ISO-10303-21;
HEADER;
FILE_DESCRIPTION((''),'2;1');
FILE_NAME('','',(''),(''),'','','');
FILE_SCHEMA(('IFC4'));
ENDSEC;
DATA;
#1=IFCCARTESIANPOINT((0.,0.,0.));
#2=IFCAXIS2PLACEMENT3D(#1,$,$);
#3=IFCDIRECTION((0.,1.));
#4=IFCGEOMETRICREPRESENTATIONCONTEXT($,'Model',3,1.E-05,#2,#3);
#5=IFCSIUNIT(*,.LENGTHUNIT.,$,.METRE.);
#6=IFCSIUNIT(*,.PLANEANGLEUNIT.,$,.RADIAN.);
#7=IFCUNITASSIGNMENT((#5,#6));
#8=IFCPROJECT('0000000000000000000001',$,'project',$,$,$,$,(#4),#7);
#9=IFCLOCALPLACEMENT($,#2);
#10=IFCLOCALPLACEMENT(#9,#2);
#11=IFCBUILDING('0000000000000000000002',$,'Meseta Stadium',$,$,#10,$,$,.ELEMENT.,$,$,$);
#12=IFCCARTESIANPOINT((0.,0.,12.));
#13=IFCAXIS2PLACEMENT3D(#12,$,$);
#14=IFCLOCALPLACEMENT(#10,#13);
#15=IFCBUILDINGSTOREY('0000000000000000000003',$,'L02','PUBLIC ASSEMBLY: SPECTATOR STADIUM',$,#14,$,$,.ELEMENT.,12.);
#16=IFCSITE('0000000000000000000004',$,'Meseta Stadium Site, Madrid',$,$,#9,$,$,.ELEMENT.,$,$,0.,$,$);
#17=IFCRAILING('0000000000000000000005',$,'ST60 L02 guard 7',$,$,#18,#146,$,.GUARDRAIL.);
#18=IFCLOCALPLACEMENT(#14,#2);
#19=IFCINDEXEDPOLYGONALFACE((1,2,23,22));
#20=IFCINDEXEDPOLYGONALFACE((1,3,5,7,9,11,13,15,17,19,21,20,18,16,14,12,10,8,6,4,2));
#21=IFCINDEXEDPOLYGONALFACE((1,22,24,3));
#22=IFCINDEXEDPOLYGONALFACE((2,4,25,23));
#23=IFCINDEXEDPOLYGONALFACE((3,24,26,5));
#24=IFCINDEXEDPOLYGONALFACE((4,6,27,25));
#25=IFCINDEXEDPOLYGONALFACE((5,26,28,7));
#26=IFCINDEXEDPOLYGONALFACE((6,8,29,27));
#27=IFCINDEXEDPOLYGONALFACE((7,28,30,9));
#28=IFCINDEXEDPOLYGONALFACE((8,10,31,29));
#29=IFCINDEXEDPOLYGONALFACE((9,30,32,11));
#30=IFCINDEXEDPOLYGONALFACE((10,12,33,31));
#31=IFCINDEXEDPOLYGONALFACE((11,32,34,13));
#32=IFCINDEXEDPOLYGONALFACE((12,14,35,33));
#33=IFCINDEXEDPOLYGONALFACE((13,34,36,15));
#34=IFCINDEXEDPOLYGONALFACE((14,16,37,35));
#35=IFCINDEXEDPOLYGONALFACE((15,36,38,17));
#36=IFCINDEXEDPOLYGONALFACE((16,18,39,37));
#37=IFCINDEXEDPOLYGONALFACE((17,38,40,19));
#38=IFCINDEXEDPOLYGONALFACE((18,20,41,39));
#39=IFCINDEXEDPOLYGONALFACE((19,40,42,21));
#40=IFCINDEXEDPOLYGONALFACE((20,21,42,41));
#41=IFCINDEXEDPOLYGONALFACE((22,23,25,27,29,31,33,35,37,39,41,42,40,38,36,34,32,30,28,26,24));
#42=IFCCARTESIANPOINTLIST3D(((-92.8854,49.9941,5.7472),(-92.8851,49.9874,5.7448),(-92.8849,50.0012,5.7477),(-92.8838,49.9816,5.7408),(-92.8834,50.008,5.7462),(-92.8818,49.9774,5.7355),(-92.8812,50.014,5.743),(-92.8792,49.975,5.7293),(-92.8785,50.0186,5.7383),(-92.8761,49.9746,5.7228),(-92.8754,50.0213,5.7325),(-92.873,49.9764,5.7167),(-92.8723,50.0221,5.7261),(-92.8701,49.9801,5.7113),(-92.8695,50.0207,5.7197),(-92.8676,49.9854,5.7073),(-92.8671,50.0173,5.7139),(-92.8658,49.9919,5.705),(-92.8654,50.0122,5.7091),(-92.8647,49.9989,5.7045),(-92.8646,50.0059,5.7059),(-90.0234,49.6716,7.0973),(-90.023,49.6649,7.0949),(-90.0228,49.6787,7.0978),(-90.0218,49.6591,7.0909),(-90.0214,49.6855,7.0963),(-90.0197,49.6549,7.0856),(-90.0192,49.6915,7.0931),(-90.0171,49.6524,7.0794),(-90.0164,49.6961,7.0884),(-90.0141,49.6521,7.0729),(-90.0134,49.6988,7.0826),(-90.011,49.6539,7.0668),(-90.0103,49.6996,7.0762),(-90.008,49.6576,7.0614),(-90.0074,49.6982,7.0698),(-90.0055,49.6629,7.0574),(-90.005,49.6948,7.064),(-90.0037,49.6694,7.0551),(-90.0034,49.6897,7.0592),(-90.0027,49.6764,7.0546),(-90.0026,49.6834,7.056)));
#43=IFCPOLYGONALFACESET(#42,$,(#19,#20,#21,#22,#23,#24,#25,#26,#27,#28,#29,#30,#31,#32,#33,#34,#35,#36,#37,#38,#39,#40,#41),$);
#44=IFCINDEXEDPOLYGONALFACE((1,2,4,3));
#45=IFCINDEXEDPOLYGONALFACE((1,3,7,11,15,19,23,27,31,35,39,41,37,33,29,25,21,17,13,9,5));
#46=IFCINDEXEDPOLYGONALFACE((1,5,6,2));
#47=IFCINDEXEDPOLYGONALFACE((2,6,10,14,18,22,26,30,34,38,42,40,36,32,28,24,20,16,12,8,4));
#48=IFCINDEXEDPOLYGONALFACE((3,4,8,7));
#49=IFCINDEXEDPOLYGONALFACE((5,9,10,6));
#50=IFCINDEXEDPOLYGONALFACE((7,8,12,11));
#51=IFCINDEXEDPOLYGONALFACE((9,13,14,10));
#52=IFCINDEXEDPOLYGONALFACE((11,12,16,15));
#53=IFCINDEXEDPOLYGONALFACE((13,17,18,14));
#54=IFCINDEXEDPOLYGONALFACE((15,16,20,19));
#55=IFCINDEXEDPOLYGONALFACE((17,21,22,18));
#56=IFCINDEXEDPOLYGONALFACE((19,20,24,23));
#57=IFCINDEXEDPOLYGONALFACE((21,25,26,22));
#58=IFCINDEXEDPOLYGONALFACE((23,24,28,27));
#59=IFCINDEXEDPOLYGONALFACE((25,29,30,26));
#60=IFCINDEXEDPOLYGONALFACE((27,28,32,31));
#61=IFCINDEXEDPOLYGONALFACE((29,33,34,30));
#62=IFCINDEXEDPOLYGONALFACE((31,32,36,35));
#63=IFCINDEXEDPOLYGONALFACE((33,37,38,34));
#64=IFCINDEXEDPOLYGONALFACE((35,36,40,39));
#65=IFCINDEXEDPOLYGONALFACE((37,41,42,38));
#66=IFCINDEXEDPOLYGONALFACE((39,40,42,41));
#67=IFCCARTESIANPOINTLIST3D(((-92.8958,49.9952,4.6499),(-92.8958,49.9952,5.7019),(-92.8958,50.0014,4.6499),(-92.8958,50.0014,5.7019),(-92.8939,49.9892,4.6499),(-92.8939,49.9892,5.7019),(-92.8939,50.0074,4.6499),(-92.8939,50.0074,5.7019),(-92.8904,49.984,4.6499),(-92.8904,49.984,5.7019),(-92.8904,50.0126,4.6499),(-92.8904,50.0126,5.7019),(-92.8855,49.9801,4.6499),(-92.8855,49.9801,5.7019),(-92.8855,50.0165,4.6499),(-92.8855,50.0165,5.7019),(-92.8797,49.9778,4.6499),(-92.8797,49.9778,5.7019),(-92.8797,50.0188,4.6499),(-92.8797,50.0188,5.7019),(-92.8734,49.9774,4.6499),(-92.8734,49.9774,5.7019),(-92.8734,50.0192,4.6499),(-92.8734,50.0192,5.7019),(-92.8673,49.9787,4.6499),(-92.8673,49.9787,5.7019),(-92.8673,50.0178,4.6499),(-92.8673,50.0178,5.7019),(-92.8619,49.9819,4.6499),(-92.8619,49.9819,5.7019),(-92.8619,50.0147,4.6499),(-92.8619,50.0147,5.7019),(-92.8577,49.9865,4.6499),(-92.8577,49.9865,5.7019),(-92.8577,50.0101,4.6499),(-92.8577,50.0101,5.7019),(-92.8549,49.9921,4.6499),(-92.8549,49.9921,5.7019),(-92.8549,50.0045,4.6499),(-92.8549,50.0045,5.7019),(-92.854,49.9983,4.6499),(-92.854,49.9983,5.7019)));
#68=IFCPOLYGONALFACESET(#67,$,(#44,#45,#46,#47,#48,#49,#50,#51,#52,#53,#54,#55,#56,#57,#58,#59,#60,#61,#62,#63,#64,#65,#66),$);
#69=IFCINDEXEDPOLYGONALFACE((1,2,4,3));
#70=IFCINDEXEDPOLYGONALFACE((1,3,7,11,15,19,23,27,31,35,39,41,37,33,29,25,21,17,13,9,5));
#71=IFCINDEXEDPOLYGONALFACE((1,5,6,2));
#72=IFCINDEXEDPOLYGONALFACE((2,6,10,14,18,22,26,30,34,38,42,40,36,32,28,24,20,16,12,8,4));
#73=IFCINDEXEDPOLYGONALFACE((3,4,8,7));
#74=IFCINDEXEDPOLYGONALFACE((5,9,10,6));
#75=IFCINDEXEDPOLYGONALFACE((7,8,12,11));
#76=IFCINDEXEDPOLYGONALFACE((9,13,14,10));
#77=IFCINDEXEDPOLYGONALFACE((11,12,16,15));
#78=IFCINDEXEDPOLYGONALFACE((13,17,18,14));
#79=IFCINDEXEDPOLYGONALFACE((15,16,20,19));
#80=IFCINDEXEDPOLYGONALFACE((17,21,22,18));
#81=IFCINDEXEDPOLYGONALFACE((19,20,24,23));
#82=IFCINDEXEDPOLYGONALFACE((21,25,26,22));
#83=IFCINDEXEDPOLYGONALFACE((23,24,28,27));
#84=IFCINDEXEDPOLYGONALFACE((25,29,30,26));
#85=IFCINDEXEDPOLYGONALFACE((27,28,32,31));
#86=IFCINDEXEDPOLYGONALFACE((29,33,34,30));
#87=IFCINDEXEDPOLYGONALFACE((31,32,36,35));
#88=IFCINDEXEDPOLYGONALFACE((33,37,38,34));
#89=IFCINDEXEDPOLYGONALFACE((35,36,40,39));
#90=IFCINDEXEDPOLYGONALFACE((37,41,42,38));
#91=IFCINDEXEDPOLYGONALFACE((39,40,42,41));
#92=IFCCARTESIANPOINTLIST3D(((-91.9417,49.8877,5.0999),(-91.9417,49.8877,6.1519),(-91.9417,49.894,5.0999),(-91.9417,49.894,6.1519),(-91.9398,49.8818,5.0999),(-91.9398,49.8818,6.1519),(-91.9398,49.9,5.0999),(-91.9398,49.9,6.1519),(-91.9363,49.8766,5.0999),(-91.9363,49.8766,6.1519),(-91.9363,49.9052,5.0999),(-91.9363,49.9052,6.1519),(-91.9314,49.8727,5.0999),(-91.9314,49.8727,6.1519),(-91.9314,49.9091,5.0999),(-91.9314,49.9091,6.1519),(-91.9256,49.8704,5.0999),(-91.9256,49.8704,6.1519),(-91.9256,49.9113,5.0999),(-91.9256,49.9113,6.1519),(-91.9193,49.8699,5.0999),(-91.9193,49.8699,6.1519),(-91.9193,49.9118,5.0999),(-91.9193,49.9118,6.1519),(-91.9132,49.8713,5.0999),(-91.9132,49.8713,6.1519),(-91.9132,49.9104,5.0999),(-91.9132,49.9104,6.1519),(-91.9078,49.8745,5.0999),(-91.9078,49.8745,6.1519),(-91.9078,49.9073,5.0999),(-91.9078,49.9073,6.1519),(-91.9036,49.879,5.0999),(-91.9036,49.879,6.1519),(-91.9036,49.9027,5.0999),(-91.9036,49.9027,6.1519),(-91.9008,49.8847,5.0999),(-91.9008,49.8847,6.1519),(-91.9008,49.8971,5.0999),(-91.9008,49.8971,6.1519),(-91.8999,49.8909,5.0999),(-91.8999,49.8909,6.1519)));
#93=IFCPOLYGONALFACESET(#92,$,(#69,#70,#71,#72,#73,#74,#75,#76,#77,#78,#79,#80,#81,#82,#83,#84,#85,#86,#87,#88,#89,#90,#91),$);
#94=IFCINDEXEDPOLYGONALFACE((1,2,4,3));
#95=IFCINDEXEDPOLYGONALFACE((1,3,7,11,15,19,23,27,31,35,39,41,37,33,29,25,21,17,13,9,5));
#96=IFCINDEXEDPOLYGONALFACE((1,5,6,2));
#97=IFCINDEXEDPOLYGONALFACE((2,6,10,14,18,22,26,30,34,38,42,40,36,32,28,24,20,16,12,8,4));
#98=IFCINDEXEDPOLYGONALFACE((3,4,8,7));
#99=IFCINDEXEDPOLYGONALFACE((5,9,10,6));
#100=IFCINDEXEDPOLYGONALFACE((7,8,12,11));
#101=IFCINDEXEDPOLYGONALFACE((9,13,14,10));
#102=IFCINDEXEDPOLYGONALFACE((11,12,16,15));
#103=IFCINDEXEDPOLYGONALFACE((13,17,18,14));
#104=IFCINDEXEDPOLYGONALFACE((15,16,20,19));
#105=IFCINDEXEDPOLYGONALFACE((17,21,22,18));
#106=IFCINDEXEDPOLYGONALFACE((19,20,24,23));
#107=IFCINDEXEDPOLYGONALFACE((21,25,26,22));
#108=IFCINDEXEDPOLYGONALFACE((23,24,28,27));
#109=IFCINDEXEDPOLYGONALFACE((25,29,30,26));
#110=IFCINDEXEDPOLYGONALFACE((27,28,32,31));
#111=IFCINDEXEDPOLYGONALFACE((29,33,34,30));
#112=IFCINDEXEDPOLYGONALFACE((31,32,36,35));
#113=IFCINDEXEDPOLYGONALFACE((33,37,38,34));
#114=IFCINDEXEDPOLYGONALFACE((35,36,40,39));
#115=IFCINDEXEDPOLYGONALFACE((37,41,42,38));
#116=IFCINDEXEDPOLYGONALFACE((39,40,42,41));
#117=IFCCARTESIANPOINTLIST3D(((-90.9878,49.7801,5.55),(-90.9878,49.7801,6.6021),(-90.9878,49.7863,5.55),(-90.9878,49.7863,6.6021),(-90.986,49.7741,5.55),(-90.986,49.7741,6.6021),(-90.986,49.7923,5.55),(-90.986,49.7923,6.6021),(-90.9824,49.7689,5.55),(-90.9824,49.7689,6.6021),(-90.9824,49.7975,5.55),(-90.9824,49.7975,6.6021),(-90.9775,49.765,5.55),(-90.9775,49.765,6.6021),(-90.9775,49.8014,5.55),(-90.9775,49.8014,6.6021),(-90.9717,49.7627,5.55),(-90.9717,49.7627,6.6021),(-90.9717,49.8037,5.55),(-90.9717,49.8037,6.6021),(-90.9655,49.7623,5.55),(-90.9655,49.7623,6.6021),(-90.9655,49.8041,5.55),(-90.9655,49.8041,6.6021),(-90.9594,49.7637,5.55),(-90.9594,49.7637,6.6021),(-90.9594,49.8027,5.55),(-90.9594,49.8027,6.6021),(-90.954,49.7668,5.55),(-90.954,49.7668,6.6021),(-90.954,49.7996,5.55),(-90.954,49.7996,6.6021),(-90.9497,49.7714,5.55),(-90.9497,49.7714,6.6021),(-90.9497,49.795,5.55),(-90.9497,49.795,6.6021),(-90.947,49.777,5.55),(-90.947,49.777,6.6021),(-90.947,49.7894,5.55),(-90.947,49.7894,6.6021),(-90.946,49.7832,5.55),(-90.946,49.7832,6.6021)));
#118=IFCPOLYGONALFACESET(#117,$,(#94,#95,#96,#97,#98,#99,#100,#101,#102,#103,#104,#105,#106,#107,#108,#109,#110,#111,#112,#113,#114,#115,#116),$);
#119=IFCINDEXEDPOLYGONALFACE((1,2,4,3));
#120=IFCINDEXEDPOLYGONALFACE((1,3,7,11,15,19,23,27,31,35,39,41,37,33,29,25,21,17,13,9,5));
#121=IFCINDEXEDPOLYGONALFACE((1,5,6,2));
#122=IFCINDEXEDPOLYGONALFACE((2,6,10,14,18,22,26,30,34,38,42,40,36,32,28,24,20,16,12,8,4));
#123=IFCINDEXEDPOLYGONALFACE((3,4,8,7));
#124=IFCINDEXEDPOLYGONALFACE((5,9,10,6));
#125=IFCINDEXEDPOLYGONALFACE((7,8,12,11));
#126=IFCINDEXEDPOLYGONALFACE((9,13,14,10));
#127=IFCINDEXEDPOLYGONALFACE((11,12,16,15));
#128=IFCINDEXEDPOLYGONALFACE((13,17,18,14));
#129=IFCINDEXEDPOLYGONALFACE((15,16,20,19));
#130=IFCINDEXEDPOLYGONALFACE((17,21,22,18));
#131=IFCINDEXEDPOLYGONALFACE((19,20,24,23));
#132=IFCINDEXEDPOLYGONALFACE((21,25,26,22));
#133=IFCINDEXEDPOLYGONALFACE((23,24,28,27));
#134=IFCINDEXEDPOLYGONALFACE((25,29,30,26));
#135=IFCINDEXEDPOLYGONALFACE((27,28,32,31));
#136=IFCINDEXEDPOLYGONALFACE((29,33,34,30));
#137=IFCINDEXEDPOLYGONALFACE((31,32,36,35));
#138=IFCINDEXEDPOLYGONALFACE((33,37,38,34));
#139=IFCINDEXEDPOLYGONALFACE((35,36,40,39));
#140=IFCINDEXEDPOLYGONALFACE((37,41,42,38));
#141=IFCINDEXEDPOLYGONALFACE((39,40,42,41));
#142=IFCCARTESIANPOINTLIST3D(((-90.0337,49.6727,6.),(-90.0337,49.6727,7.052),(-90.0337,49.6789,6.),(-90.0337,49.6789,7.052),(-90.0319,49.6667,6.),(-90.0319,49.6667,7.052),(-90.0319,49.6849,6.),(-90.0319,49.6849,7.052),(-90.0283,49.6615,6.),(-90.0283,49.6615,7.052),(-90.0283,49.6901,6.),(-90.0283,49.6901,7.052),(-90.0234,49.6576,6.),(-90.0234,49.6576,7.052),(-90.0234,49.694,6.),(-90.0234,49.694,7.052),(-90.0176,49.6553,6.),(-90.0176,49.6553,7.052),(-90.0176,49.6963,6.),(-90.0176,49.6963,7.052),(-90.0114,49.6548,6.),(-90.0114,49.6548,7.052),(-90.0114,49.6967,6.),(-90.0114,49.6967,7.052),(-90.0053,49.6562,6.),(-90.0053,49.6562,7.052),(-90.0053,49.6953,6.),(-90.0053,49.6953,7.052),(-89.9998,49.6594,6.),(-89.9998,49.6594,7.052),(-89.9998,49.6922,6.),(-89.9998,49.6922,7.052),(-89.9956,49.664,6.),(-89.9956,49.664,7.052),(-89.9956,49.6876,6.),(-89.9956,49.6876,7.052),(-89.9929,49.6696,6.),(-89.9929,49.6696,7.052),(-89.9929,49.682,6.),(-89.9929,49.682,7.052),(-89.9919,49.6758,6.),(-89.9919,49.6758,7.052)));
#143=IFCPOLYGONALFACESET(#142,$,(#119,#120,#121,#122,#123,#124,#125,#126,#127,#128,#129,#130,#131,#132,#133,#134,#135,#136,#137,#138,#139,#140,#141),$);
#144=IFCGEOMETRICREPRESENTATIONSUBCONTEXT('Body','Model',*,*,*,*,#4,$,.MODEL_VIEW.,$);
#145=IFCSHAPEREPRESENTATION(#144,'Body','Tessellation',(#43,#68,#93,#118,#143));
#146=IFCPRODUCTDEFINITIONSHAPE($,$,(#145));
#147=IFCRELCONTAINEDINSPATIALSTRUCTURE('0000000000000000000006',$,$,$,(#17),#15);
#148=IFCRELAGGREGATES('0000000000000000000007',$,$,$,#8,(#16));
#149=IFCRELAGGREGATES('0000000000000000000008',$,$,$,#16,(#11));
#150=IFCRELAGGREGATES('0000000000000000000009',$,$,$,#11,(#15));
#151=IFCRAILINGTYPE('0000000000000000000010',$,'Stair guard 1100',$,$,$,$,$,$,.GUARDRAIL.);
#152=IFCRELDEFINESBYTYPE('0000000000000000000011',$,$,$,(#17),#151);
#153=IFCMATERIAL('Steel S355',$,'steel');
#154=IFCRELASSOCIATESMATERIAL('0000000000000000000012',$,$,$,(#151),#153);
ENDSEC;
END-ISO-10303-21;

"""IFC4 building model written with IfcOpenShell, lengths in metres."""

from ifc_helpers import new_model, si_unit, direction, frame, origin, origin_2d, place, context, subcontext, project, spatial, circle, extrude, material, type_object, element, save


model = new_model("IFC4")

# Units and contexts
model_context = context("Model", 3, precision=1e-05, world=origin(), true_north=direction((0.0, 1.0)))
body_context = subcontext(model_context, "Body", "Model", "MODEL_VIEW")
ifc_project = project(units=[si_unit("LENGTHUNIT", "METRE"), si_unit("PLANEANGLEUNIT", "RADIAN")], contexts=[model_context])

# Site, building, storey
site_placement = place(None, origin())
site = spatial("IfcSite", under=ifc_project, at=site_placement, Name="Meseta Stadium Site, Madrid", CompositionType="ELEMENT", RefElevation=0.0)
building_placement = place(site_placement, origin())
building = spatial("IfcBuilding", under=site, at=building_placement, Name="Meseta Stadium", CompositionType="ELEMENT")
storey_placement = place(building_placement, frame((0.0, 0.0, 12.0)))
storey = spatial("IfcBuildingStorey", under=building, at=storey_placement, Name="L02", Description="PUBLIC ASSEMBLY: SPECTATOR STADIUM", CompositionType="ELEMENT", Elevation=12.0)

# Railing
ifc_material_1 = material(Name="Steel S355", Category="steel")
railing_type_1 = type_object("IfcRailingType", Name="Stair guard 1100", PredefinedType="GUARDRAIL", material=ifc_material_1)
railing_1_placement = place(storey_placement, frame((-92.875, 49.9983, 4.6499)))
element("IfcRailing", 1, at=railing_1_placement, inside=storey, type_object=railing_type_1, Name="ST60 L02 guard 7", PredefinedType="GUARDRAIL", context=body_context, shape_type="SweptSolid", body=[
    extrude(circle(Radius=0.0239, at=origin_2d()), frame((0.0, 0.0, 1.0762), z_axis=(0.899763, -0.101389, 0.424438), x_axis=(0.111976, 0.993711, 0.0)), (0.0, 0.0, 1.0), 3.1809),
    extrude(circle(Radius=0.021, at=origin_2d()), origin(), (0.0, 0.0, 1.0), 1.052),
    extrude(circle(Radius=0.021, at=origin_2d()), frame((0.9541, -0.1074, 0.45)), (0.0, 0.0, 1.0), 1.052),
    extrude(circle(Radius=0.021, at=origin_2d()), frame((1.908, -0.2151, 0.9001)), (0.0, 0.0, 1.0), 1.052),
    extrude(circle(Radius=0.021, at=origin_2d()), frame((2.8621, -0.3225, 1.3501)), (0.0, 0.0, 1.0), 1.052),
])

save(model, "model.ifc")
